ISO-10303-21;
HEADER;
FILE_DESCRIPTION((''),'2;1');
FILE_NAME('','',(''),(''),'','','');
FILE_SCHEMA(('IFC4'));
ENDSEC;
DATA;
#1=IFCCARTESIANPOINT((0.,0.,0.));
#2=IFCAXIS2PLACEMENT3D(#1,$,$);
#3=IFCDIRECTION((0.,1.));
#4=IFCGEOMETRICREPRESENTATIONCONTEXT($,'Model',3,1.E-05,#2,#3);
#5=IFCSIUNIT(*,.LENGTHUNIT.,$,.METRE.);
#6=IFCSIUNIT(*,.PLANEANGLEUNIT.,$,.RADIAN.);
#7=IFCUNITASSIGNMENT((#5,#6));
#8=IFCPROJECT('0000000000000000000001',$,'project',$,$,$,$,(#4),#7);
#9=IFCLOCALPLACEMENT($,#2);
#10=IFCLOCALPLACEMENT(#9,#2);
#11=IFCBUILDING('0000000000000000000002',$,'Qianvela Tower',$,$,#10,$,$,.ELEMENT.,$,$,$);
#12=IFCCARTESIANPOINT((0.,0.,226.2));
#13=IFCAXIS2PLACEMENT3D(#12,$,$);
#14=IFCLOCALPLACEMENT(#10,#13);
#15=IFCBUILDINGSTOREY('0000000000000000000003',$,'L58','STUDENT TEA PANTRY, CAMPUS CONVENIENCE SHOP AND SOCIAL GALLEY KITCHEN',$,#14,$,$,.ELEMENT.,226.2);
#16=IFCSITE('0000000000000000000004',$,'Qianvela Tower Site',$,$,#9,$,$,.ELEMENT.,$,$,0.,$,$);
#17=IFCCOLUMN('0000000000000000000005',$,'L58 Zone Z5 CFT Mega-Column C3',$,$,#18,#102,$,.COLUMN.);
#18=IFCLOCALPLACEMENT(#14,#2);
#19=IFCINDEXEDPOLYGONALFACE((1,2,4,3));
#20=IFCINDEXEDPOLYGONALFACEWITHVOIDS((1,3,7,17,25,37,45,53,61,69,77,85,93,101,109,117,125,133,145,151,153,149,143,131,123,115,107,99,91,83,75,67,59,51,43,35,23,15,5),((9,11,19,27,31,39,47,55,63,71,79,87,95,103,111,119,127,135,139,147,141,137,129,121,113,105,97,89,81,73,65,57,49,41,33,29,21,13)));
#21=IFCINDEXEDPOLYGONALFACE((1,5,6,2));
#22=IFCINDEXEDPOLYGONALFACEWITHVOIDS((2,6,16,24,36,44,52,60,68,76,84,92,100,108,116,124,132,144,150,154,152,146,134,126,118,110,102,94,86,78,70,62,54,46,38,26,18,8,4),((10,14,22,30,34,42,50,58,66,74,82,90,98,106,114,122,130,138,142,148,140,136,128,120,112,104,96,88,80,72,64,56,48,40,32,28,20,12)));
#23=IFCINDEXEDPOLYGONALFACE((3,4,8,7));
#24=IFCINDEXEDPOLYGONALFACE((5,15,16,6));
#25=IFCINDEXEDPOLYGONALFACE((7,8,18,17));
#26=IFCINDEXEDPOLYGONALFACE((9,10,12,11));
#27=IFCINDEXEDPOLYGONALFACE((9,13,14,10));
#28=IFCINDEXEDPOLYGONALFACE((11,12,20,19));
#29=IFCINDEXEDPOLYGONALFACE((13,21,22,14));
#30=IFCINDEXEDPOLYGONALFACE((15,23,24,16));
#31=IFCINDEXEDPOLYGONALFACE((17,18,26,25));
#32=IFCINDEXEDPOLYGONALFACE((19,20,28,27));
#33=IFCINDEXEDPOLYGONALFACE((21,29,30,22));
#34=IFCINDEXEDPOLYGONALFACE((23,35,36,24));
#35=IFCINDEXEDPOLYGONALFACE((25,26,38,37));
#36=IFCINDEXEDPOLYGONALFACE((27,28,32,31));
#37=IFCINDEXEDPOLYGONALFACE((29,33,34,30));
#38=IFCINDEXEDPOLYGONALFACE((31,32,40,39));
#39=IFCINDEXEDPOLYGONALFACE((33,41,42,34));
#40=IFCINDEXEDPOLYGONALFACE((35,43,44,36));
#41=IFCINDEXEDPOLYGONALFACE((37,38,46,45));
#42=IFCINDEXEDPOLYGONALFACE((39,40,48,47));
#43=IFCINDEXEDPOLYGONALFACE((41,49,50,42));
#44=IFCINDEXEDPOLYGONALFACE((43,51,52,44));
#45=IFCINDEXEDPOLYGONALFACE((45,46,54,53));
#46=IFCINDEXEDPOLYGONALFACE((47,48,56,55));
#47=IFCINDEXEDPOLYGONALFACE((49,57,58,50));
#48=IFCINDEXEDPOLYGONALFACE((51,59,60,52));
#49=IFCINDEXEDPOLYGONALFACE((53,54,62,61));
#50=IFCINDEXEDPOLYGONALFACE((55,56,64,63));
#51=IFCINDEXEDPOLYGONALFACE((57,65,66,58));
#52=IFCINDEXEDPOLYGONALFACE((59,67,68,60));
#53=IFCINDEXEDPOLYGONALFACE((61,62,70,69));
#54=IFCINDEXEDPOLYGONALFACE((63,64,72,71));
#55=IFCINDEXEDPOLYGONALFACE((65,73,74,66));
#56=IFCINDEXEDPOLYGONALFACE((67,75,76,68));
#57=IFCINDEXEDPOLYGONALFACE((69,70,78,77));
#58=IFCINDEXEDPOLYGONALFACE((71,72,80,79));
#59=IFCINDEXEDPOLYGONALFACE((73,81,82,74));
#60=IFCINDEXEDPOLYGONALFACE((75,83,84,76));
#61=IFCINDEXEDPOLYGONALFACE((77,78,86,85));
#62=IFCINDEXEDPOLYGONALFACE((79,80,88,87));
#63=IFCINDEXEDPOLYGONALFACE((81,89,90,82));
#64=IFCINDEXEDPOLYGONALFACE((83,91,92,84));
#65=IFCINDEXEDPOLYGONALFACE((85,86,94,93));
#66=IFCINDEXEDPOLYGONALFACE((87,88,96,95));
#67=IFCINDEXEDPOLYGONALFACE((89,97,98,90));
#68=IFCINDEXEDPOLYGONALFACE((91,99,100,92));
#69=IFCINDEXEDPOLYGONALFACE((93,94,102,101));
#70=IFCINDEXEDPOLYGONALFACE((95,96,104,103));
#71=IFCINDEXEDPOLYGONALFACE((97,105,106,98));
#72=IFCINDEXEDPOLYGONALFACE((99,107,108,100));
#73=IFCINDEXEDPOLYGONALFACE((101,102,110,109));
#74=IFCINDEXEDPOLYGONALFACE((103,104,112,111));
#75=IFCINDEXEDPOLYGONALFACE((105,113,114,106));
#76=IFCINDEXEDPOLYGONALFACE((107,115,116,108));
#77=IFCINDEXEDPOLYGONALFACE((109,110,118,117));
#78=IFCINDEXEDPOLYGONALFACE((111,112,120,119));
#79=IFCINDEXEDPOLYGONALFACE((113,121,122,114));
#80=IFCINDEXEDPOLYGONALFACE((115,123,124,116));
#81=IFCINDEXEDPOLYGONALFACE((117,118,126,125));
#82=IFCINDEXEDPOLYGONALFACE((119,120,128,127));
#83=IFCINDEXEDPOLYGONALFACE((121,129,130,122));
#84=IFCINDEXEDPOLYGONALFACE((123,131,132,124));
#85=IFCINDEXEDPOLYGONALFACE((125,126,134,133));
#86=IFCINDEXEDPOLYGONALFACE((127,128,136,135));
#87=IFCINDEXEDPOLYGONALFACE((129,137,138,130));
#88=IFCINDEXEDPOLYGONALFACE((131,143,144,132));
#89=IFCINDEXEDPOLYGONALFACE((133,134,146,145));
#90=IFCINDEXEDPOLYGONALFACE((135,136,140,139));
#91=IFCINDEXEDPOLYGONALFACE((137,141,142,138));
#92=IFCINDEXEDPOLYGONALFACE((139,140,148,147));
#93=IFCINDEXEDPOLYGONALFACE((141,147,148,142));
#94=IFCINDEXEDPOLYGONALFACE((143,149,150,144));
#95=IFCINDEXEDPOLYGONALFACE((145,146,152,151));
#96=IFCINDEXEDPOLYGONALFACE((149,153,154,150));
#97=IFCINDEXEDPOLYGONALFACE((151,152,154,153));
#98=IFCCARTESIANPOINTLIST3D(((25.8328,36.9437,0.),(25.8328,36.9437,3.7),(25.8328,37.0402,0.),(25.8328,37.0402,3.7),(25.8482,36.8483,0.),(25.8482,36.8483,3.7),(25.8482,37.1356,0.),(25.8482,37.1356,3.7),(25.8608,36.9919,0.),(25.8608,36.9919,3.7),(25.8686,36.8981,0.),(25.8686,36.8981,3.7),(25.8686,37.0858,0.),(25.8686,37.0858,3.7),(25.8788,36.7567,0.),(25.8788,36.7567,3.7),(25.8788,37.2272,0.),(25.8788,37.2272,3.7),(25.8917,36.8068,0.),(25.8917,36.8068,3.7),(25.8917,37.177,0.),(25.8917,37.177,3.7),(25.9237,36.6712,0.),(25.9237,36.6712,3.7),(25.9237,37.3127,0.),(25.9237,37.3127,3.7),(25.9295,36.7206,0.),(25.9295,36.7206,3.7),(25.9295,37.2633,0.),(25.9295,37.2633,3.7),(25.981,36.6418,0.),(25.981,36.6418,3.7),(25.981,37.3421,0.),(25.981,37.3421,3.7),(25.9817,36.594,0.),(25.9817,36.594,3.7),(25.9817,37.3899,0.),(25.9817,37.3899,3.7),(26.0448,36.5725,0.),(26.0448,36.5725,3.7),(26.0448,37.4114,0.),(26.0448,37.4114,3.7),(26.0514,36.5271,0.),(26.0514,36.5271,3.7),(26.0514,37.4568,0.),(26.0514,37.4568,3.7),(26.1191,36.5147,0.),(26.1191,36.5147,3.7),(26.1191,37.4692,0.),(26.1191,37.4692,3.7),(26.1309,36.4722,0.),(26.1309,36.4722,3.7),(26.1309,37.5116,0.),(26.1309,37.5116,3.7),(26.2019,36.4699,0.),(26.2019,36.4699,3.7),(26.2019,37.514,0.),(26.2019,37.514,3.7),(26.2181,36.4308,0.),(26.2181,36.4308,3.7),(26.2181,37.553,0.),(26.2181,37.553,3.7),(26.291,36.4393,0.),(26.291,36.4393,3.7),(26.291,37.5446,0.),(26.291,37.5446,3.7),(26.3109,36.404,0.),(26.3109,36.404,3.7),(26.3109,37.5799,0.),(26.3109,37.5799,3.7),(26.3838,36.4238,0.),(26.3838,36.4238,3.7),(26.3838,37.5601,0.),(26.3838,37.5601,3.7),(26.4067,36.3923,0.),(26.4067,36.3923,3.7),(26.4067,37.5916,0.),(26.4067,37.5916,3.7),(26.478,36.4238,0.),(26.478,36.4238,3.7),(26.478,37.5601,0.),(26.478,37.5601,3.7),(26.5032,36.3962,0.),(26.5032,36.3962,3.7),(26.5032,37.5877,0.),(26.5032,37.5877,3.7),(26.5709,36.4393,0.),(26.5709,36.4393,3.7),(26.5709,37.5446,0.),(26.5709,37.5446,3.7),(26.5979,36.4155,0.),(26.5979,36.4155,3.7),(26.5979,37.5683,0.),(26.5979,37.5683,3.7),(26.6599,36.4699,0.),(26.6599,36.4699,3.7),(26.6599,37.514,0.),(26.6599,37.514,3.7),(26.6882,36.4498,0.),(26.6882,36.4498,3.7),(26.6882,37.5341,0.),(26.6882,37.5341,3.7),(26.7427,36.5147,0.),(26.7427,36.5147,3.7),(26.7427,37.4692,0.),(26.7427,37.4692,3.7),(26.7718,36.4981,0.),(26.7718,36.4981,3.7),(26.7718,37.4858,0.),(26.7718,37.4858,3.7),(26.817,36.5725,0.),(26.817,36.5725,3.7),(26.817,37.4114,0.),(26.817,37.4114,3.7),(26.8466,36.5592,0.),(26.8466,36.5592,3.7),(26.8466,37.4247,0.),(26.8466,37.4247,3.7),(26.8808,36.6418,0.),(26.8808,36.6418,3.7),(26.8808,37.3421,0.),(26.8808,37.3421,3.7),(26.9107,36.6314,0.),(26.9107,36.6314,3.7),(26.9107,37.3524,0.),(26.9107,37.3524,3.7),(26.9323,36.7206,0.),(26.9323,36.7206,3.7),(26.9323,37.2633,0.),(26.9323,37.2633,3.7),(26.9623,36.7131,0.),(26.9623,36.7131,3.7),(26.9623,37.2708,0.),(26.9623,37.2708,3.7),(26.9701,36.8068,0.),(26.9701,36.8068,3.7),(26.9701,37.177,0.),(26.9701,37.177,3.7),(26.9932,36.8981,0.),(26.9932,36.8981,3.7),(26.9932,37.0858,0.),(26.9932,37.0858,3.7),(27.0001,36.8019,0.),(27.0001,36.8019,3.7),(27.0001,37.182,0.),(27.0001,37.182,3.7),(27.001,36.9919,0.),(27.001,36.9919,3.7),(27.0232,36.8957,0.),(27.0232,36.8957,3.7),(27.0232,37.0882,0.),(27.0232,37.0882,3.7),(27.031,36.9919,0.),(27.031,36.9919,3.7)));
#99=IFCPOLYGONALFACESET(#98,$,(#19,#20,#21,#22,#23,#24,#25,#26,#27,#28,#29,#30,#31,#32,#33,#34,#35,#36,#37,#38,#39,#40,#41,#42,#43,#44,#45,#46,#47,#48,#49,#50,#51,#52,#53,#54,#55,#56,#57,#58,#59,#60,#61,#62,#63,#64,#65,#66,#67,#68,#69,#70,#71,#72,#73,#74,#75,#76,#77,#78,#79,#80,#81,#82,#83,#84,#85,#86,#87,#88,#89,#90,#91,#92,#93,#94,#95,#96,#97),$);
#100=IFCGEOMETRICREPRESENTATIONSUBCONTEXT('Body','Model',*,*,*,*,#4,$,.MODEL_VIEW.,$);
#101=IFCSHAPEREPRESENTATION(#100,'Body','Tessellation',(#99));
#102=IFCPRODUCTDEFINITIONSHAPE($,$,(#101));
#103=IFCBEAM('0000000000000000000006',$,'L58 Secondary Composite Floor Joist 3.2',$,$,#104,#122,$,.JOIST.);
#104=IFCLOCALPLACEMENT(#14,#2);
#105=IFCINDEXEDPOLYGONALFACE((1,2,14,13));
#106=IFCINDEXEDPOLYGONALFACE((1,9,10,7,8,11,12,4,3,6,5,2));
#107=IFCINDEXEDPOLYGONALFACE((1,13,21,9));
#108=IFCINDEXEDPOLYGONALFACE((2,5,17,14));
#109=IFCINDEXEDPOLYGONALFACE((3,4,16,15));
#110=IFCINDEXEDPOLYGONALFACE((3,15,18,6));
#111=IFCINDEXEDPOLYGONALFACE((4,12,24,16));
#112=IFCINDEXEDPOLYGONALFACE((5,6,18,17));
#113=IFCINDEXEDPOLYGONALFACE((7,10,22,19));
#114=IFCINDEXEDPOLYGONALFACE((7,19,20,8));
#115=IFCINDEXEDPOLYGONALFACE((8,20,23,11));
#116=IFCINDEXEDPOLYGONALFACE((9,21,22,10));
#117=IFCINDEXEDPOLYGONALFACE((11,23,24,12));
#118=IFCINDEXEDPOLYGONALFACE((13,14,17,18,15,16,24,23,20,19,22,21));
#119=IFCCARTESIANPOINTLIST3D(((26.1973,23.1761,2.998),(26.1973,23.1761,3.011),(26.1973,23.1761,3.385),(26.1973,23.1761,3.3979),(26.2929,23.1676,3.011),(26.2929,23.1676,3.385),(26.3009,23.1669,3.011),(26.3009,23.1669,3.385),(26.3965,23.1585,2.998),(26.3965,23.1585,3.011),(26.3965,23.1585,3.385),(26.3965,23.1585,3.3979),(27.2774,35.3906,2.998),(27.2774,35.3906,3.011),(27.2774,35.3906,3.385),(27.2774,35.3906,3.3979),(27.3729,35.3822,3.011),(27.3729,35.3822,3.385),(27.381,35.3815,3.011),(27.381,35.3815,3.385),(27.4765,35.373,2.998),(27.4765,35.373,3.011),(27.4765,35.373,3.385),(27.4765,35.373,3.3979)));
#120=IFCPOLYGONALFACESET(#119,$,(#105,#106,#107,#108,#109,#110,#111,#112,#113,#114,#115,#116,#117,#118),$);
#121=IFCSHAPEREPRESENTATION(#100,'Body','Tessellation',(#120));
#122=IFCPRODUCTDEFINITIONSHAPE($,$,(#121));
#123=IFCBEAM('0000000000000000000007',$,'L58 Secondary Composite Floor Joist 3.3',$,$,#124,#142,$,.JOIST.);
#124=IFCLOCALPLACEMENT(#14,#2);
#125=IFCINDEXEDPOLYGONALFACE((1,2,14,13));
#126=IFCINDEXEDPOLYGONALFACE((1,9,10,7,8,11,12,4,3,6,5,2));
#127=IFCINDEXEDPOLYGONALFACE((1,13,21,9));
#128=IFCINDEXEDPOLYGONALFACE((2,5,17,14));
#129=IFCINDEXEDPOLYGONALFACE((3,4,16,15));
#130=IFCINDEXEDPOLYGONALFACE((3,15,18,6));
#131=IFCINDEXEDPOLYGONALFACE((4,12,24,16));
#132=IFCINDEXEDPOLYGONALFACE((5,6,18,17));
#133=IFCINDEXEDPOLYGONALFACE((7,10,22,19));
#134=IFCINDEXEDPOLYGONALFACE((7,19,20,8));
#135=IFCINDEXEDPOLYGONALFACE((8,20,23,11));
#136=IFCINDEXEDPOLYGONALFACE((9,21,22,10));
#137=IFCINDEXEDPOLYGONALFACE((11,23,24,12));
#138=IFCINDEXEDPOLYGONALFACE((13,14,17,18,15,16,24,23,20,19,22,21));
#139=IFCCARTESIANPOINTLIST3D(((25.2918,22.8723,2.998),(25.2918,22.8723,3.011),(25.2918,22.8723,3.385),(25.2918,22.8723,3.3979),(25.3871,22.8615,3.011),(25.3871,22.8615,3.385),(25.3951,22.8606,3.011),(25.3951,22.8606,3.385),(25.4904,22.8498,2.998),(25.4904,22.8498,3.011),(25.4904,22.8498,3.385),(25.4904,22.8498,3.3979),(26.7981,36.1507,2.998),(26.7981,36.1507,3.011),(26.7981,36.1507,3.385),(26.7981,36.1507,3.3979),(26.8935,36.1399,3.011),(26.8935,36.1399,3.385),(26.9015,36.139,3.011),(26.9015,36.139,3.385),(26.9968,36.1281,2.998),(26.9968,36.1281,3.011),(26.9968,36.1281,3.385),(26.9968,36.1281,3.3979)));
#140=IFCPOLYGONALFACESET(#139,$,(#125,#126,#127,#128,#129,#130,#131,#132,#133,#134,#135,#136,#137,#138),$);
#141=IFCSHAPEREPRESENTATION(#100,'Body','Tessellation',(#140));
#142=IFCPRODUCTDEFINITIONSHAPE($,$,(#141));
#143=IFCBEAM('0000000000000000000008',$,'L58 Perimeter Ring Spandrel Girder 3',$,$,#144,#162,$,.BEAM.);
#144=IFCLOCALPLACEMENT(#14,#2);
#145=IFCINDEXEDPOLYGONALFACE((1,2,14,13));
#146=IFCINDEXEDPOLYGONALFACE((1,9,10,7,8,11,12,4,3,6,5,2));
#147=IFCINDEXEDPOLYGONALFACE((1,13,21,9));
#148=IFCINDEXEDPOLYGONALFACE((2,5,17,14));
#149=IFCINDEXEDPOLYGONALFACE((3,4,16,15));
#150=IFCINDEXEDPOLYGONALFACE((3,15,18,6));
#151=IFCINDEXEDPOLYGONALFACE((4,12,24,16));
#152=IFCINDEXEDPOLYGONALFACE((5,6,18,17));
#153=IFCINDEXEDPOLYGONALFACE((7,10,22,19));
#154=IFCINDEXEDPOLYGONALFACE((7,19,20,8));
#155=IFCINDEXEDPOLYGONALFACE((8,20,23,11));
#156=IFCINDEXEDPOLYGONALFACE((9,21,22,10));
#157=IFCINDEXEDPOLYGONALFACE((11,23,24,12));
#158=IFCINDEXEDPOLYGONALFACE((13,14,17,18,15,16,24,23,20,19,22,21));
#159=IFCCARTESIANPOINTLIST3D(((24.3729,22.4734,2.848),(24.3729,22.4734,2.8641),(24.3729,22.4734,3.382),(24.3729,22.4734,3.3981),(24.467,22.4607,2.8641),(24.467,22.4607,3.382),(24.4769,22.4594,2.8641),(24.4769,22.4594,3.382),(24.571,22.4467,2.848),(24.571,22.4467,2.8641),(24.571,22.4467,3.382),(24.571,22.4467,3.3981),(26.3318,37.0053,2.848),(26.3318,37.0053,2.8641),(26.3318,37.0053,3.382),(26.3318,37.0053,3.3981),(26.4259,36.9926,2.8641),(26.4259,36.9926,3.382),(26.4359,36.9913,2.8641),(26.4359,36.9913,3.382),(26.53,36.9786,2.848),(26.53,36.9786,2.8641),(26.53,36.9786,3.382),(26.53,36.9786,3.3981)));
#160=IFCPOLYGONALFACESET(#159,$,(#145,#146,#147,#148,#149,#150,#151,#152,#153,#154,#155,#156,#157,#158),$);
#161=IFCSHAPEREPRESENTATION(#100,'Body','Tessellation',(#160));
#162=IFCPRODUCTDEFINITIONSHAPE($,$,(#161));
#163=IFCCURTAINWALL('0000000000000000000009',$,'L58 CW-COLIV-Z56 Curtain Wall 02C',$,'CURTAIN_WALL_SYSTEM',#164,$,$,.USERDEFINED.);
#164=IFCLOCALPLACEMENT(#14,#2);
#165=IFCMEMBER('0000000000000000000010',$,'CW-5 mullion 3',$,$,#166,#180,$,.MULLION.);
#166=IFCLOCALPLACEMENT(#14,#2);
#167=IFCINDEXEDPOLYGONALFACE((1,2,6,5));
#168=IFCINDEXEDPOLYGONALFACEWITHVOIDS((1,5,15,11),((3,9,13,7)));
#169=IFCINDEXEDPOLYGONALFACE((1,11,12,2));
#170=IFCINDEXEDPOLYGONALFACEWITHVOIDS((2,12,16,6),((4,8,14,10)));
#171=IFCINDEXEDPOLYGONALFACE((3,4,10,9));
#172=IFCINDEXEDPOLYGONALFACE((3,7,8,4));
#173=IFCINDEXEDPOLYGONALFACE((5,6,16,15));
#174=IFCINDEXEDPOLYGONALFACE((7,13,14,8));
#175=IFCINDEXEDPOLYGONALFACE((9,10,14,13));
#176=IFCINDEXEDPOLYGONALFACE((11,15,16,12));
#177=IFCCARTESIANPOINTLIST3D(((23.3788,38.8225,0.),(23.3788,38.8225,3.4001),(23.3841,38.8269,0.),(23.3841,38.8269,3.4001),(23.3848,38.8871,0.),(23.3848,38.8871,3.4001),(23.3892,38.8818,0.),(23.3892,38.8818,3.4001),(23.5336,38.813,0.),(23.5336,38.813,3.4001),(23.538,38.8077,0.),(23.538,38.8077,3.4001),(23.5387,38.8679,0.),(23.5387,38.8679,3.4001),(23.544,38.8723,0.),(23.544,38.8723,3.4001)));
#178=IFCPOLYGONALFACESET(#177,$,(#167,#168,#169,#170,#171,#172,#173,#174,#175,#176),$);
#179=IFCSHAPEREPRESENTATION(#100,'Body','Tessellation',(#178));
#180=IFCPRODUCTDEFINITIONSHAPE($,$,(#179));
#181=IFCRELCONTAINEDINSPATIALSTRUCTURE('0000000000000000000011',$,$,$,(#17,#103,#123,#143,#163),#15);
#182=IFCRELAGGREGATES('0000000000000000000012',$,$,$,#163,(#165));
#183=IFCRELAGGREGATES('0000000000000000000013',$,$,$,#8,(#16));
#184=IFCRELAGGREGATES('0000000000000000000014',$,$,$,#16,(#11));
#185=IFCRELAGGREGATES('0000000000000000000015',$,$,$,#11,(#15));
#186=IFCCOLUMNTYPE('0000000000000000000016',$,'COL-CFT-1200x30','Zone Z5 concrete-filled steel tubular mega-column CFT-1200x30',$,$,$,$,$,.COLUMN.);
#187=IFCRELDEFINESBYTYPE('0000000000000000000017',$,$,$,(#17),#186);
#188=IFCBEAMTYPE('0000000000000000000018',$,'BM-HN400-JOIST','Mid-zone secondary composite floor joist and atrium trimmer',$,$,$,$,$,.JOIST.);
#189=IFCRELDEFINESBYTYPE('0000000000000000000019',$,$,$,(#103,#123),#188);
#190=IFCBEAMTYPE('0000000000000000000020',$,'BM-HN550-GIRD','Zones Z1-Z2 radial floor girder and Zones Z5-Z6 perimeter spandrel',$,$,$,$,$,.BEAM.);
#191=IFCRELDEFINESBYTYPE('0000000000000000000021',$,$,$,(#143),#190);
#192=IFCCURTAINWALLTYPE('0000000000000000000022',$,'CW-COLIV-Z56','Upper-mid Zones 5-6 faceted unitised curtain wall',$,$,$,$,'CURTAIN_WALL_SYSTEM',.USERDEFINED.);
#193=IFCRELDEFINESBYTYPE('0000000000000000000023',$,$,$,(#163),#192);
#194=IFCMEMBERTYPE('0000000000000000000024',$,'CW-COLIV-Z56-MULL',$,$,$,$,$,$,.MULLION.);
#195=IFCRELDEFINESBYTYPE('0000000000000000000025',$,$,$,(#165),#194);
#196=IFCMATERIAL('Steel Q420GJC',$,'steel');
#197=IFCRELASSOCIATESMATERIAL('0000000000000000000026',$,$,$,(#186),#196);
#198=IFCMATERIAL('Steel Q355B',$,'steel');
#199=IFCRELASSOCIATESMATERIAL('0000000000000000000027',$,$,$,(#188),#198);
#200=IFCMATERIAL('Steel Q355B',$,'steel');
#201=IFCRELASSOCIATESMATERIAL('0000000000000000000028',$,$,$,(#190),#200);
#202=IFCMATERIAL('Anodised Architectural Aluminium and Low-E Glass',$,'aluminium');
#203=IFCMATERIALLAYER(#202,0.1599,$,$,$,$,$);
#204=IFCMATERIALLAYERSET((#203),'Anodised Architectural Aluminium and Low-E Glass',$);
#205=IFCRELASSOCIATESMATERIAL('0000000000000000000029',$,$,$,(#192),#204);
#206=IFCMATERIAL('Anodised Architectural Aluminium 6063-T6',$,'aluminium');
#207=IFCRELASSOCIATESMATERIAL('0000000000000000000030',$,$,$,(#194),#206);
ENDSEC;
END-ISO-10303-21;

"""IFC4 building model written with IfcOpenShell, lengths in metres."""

from ifc_helpers import new_model, si_unit, direction, frame, origin, origin_2d, place, context, subcontext, project, spatial, hollow_rectangle, hollow_circle, i_section, extrude, material, layer, layer_set, material_profile, profile_set, type_object, element, aggregate, save


model = new_model("IFC4")

# Units and contexts
model_context = context("Model", 3, precision=1e-05, world=origin(), true_north=direction((0.0, 1.0)))
body_context = subcontext(model_context, "Body", "Model", "MODEL_VIEW")
ifc_project = project(units=[si_unit("LENGTHUNIT", "METRE"), si_unit("PLANEANGLEUNIT", "RADIAN")], contexts=[model_context])

# Site, building, storey
site_placement = place(None, origin())
site = spatial("IfcSite", under=ifc_project, at=site_placement, Name="Qianvela Tower Site", CompositionType="ELEMENT", RefElevation=0.0)
building_placement = place(site_placement, origin())
building = spatial("IfcBuilding", under=site, at=building_placement, Name="Qianvela Tower", CompositionType="ELEMENT")
storey_placement = place(building_placement, frame((0.0, 0.0, 226.2)))
storey = spatial("IfcBuildingStorey", under=building, at=storey_placement, Name="L58", Description="STUDENT TEA PANTRY, CAMPUS CONVENIENCE SHOP AND SOCIAL GALLEY KITCHEN", CompositionType="ELEMENT", Elevation=226.2)

# Column
ifc_material_1 = material(Name="Steel Q420GJC", Category="steel")
ifc_material_profile_1 = material_profile(ifc_material_1, hollow_circle(Radius=0.6001, WallThickness=0.03, at=origin_2d()), Name="CFT-1200x30")
ifc_profile_set_1 = profile_set([ifc_material_profile_1], Name="Steel Q420GJC")
column_type = type_object("IfcColumnType", Name="COL-CFT-1200x30", Description="Zone Z5 concrete-filled steel tubular mega-column CFT-1200x30", PredefinedType="COLUMN", material=ifc_profile_set_1)
column_placement = place(storey_placement, frame((26.4309, 36.9919, 0.0), z_axis=(0.0, 0.0, 1.0), x_axis=(1.0, 0.0, 0.0)))
element("IfcColumn", 1, at=column_placement, inside=storey, type_object=column_type, Name="L58 Zone Z5 CFT Mega-Column C3", PredefinedType="COLUMN", context=body_context, shape_type="SweptSolid", body=[
    extrude(hollow_circle(Radius=0.6001, WallThickness=0.03, at=origin_2d()), origin(), (0.0, 0.0, 1.0), 3.7),
])

# Beams
ifc_material_2 = material(Name="Steel Q355B", Category="steel")
ifc_material_profile_2 = material_profile(ifc_material_2, i_section(OverallWidth=0.2, OverallDepth=0.3999, WebThickness=0.0081, FlangeThickness=0.0129, at=origin_2d()), Name="HN400x200x8x13")
ifc_profile_set_2 = profile_set([ifc_material_profile_2], Name="Steel Q355B")
beam_type_1 = type_object("IfcBeamType", Name="BM-HN400-JOIST", Description="Mid-zone secondary composite floor joist and atrium trimmer", PredefinedType="JOIST", material=ifc_profile_set_2)
beam_1_placement = place(storey_placement, frame((27.377, 35.3818, 3.198), z_axis=(-0.088081, -0.996113, 0.0), x_axis=(0.996113, -0.088081, 0.0)))
element("IfcBeam", 2, at=beam_1_placement, inside=storey, type_object=beam_type_1, Name="L58 Secondary Composite Floor Joist 3.2", PredefinedType="JOIST", context=body_context, shape_type="SweptSolid", body=[
    extrude(i_section(OverallWidth=0.2, OverallDepth=0.3999, WebThickness=0.0081, FlangeThickness=0.0129, at=origin_2d()), origin(), (0.0, 0.0, 1.0), 12.2622),
])
beam_2_placement = place(storey_placement, frame((26.8975, 36.1394, 3.198), z_axis=(-0.112721, -0.993627, 0.0), x_axis=(0.993627, -0.112721, 0.0)))
element("IfcBeam", 3, at=beam_2_placement, inside=storey, type_object=beam_type_1, Name="L58 Secondary Composite Floor Joist 3.3", PredefinedType="JOIST", context=body_context, shape_type="SweptSolid", body=[
    extrude(i_section(OverallWidth=0.2, OverallDepth=0.3999, WebThickness=0.0081, FlangeThickness=0.0129, at=origin_2d()), origin(), (0.0, 0.0, 1.0), 13.3635),
])
ifc_material_3 = material(Name="Steel Q355B", Category="steel")
ifc_material_profile_3 = material_profile(ifc_material_3, i_section(OverallWidth=0.2, OverallDepth=0.55, WebThickness=0.01, FlangeThickness=0.0161, at=origin_2d()), Name="HN550x200x10x16")
ifc_profile_set_3 = profile_set([ifc_material_profile_3], Name="Steel Q355B")
beam_type_2 = type_object("IfcBeamType", Name="BM-HN550-GIRD", Description="Zones Z1-Z2 radial floor girder and Zones Z5-Z6 perimeter spandrel", PredefinedType="BEAM", material=ifc_profile_set_3)
beam_3_placement = place(storey_placement, frame((26.4309, 36.9919, 3.123), z_axis=(-0.133597, -0.991036, 0.0), x_axis=(0.991036, -0.133597, 0.0)))
element("IfcBeam", 4, at=beam_3_placement, inside=storey, type_object=beam_type_2, Name="L58 Perimeter Ring Spandrel Girder 3", PredefinedType="BEAM", context=body_context, shape_type="SweptSolid", body=[
    extrude(i_section(OverallWidth=0.2, OverallDepth=0.55, WebThickness=0.01, FlangeThickness=0.0161, at=origin_2d()), origin(), (0.0, 0.0, 1.0), 14.6633),
])

# Curtain wall, member
ifc_material_4 = material(Name="Anodised Architectural Aluminium and Low-E Glass", Category="aluminium")
ifc_layer_1 = layer(ifc_material_4, 0.1599)
ifc_layer_set_1 = layer_set([ifc_layer_1], Name="Anodised Architectural Aluminium and Low-E Glass")
curtain_wall_type = type_object("IfcCurtainWallType", Name="CW-COLIV-Z56", Description="Upper-mid Zones 5-6 faceted unitised curtain wall", ElementType="CURTAIN_WALL_SYSTEM", PredefinedType="USERDEFINED", material=ifc_layer_set_1)
curtain_wall_placement = place(storey_placement, origin())
curtain_wall = element("IfcCurtainWall", 5, at=curtain_wall_placement, inside=storey, type_object=curtain_wall_type, Name="L58 CW-COLIV-Z56 Curtain Wall 02C", ObjectType="CURTAIN_WALL_SYSTEM", PredefinedType="USERDEFINED")
ifc_material_5 = material(Name="Anodised Architectural Aluminium 6063-T6", Category="aluminium")
ifc_material_profile_4 = material_profile(ifc_material_5, hollow_rectangle(XDim=0.0649, YDim=0.1599, WallThickness=0.0049, at=origin_2d()), Name="ALU-MULL-65x160")
ifc_profile_set_4 = profile_set([ifc_material_profile_4], Name="Anodised Architectural Aluminium 6063-T6")
member_type = type_object("IfcMemberType", Name="CW-COLIV-Z56-MULL", PredefinedType="MULLION", material=ifc_profile_set_4)
member_placement = place(storey_placement, frame((23.4614, 38.8474, 0.0), z_axis=(0.0, 0.0, 1.0), x_axis=(-0.0926, -0.995703, 0.0)))
member = element("IfcMember", 6, at=member_placement, type_object=member_type, Name="CW-5 mullion 3", PredefinedType="MULLION", context=body_context, shape_type="SweptSolid", body=[
    extrude(hollow_rectangle(XDim=0.0649, YDim=0.1599, WallThickness=0.0049, at=origin_2d()), origin(), (0.0, 0.0, 1.0), 3.4001),
])
aggregate(curtain_wall, [member])

save(model, "model.ifc")
